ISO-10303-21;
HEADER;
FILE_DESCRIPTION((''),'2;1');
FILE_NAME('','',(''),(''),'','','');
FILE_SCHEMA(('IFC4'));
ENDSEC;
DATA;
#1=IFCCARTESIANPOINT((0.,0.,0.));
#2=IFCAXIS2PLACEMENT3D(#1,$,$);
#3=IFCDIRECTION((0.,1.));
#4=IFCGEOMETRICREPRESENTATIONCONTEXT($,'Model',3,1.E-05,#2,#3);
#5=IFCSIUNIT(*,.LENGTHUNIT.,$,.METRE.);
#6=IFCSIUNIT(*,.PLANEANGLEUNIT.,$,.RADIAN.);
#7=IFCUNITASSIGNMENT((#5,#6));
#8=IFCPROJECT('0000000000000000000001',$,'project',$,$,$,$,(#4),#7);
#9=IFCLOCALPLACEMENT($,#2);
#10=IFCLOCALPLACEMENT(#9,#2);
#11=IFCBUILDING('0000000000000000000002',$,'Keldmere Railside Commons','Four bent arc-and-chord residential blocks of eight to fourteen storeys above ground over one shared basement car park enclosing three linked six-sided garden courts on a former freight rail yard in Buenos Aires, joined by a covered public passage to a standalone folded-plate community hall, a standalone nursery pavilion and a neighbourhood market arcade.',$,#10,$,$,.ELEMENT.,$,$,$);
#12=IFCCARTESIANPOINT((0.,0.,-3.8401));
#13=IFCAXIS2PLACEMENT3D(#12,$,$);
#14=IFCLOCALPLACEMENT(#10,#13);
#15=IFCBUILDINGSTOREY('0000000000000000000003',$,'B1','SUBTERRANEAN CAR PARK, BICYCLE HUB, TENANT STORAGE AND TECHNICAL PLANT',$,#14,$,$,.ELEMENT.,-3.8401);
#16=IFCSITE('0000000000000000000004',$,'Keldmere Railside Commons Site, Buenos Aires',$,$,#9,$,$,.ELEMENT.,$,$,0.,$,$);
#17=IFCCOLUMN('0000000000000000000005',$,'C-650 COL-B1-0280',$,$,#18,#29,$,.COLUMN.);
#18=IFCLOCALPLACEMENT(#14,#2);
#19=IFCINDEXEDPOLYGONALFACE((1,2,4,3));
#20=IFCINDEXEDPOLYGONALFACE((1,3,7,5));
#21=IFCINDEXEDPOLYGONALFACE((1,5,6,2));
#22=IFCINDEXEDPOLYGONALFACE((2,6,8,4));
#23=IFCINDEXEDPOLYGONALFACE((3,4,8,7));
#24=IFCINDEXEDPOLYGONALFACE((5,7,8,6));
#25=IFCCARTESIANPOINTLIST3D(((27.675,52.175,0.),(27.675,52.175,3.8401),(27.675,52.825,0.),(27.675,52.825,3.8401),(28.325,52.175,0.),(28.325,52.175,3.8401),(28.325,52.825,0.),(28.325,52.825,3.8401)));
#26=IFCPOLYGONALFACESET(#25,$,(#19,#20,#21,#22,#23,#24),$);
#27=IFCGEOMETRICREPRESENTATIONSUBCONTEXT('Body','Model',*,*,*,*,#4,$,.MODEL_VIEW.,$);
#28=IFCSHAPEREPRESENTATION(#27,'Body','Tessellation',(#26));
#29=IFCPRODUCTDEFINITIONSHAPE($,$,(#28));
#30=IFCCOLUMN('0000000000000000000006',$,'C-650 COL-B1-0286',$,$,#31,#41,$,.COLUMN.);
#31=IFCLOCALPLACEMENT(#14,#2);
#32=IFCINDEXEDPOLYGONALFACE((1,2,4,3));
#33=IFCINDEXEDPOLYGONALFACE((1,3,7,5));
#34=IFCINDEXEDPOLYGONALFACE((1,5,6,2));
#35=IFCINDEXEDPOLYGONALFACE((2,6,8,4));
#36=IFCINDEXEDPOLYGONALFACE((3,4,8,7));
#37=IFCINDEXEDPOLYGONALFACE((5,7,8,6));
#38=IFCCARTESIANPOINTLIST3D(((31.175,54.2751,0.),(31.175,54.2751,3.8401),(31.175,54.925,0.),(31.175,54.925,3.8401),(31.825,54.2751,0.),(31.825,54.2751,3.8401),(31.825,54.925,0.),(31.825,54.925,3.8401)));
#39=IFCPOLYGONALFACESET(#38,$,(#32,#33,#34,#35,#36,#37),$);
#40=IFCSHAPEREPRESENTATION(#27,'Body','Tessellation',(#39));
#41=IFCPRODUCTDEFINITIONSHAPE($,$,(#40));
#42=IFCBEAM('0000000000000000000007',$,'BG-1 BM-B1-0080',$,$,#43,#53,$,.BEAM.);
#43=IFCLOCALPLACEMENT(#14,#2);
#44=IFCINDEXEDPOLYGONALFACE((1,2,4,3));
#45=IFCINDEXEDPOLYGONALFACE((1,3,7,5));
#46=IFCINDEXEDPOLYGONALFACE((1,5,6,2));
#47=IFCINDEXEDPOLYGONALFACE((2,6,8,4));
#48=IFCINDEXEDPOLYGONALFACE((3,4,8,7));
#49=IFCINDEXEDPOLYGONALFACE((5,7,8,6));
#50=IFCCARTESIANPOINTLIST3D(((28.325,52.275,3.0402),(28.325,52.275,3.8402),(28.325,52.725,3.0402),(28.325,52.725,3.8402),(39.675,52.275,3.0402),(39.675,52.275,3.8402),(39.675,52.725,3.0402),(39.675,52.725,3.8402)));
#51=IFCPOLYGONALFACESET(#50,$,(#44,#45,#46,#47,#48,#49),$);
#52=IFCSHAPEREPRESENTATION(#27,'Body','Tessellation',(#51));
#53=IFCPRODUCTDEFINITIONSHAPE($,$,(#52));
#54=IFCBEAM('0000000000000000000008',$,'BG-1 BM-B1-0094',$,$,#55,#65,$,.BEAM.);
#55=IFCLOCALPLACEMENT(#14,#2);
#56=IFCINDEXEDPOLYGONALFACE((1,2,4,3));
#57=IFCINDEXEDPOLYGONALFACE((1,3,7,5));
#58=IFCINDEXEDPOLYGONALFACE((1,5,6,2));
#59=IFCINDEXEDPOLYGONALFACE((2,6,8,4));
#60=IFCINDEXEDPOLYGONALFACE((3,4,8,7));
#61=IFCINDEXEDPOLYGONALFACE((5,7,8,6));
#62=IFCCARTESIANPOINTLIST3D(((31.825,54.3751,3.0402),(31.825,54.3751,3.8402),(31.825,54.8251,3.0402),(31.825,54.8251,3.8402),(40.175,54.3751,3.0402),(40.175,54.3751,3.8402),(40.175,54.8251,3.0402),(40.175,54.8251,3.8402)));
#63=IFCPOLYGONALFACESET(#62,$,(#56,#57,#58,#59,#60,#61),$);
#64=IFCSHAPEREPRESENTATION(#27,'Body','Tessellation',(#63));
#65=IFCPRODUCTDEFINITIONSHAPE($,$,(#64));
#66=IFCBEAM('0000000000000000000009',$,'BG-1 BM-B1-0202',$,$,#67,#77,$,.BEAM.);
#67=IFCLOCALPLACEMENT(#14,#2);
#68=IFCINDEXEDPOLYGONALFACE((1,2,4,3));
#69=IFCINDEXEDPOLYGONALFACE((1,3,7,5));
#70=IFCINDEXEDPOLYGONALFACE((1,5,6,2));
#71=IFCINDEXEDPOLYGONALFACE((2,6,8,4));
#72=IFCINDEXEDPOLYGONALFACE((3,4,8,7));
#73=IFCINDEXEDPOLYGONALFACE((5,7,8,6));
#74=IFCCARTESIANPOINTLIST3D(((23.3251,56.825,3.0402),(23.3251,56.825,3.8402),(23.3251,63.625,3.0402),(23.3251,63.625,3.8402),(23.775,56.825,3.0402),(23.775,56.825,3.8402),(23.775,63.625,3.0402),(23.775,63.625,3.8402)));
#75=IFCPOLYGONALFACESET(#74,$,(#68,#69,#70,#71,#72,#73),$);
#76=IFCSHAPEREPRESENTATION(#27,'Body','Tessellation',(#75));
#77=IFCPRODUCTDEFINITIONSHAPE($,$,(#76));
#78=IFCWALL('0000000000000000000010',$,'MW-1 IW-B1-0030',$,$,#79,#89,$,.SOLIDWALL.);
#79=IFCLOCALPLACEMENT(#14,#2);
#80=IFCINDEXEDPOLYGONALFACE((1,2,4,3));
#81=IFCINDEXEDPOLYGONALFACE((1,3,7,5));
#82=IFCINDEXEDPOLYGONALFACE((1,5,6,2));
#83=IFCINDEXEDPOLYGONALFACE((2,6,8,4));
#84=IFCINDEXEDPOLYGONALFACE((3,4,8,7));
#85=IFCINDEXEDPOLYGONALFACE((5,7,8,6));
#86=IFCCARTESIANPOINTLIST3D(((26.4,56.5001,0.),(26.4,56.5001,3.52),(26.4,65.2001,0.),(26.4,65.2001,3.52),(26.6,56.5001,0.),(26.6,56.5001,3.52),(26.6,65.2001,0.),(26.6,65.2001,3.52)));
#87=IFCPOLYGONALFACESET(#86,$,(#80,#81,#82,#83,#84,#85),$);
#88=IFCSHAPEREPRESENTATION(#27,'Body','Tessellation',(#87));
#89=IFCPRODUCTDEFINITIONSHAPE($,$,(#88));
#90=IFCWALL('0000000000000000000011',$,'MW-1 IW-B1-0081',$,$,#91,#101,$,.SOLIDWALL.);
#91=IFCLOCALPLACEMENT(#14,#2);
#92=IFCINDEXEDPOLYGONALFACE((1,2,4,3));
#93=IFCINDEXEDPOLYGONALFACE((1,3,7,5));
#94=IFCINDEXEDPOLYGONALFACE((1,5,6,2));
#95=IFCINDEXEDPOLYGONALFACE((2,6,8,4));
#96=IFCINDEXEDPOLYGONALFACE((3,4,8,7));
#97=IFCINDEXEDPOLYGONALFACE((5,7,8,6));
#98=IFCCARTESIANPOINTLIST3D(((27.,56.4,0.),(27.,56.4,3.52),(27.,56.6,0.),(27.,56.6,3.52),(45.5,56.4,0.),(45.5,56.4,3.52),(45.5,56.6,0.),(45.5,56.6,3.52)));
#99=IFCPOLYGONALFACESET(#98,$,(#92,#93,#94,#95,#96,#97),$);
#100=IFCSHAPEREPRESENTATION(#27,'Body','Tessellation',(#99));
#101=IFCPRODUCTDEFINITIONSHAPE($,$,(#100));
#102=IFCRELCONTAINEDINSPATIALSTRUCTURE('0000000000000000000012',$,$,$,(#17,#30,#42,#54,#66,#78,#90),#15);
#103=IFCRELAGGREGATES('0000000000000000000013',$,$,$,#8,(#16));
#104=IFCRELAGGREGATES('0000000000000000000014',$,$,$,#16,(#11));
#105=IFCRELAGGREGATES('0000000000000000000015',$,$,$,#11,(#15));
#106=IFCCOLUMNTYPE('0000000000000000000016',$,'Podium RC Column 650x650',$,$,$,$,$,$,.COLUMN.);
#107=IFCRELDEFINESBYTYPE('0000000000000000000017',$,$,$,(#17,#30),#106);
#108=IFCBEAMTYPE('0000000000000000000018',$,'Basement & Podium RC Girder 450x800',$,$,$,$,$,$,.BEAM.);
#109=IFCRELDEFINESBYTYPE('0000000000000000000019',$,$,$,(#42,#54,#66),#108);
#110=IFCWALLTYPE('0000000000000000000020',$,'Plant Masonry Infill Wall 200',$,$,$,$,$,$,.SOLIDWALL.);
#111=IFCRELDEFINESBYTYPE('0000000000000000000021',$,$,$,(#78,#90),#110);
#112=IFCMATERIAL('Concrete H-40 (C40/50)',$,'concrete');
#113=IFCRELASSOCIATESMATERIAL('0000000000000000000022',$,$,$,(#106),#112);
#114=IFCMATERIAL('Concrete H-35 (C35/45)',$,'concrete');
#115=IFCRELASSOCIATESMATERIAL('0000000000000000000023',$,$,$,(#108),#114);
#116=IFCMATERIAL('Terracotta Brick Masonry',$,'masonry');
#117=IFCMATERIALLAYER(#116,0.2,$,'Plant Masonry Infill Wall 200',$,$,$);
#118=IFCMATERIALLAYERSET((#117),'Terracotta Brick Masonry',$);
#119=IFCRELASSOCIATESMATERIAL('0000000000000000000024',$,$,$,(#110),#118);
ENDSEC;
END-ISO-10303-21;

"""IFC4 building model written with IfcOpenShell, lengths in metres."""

from ifc_helpers import new_model, si_unit, direction, frame, frame_2d, origin, origin_2d, place, context, subcontext, project, spatial, rectangle, extrude, material, layer, layer_set, material_profile, profile_set, type_object, element, save


model = new_model("IFC4")

# Units and contexts
model_context = context("Model", 3, precision=1e-05, world=origin(), true_north=direction((0.0, 1.0)))
body_context = subcontext(model_context, "Body", "Model", "MODEL_VIEW")
ifc_project = project(units=[si_unit("LENGTHUNIT", "METRE"), si_unit("PLANEANGLEUNIT", "RADIAN")], contexts=[model_context])

# Site, building, storey
site_placement = place(None, origin())
site = spatial("IfcSite", under=ifc_project, at=site_placement, Name="Keldmere Railside Commons Site, Buenos Aires", CompositionType="ELEMENT", RefElevation=0.0)
building_placement = place(site_placement, origin())
building = spatial("IfcBuilding", under=site, at=building_placement, Name="Keldmere Railside Commons", Description="Four bent arc-and-chord residential blocks of eight to fourteen storeys above ground over one shared basement car park enclosing three linked six-sided garden courts on a former freight rail yard in Buenos Aires, joined by a covered public passage to a standalone folded-plate community hall, a standalone nursery pavilion and a neighbourhood market arcade.", CompositionType="ELEMENT")
storey_placement = place(building_placement, frame((0.0, 0.0, -3.8401)))
storey = spatial("IfcBuildingStorey", under=building, at=storey_placement, Name="B1", Description="SUBTERRANEAN CAR PARK, BICYCLE HUB, TENANT STORAGE AND TECHNICAL PLANT", CompositionType="ELEMENT", Elevation=-3.8401)

# Shared definitions
ifc_material_1 = material(Name="Concrete H-40 (C40/50)", Category="concrete")

# Columns
ifc_material_profile_1 = material_profile(ifc_material_1, rectangle(XDim=0.6499, YDim=0.6499, at=origin_2d()), Name="RC-650x650")
ifc_profile_set_1 = profile_set([ifc_material_profile_1], Name="Concrete H-40 (C40/50)")
column_type_1 = type_object("IfcColumnType", Name="Podium RC Column 650x650", PredefinedType="COLUMN", material=ifc_profile_set_1)
for number, where, z_axis, x_axis, name in (
    (1, (28.0, 52.5, 0.0), (0.0, 0.0, 1.0), (1.0, 0.0, 0.0), "C-650 COL-B1-0280"),
    (2, (31.5, 54.6001, 0.0), (0.0, 0.0, 1.0), (1.0, 0.0, 0.0), "C-650 COL-B1-0286"),
):
    element("IfcColumn", number, at=place(storey_placement, frame(where, z_axis=z_axis, x_axis=x_axis)), inside=storey, type_object=column_type_1, Name=name, PredefinedType="COLUMN", context=body_context, shape_type="SweptSolid", body=[
        extrude(rectangle(XDim=0.6499, YDim=0.6499, at=origin_2d()), origin(), (0.0, 0.0, 1.0), 3.8401),
    ])

# Beams
ifc_material_2 = material(Name="Concrete H-35 (C35/45)", Category="concrete")
ifc_material_profile_2 = material_profile(ifc_material_2, rectangle(XDim=0.45, YDim=0.8, at=origin_2d()), Name="RC-450x800")
ifc_profile_set_2 = profile_set([ifc_material_profile_2], Name="Concrete H-35 (C35/45)")
beam_type = type_object("IfcBeamType", Name="Basement & Podium RC Girder 450x800", PredefinedType="BEAM", material=ifc_profile_set_2)
beam_1_placement = place(storey_placement, frame((28.325, 52.5, 3.4402), z_axis=(1.0, 0.0, 0.0), x_axis=(0.0, 1.0, 0.0)))
element("IfcBeam", 3, at=beam_1_placement, inside=storey, type_object=beam_type, Name="BG-1 BM-B1-0080", PredefinedType="BEAM", context=body_context, shape_type="SweptSolid", body=[
    extrude(rectangle(XDim=0.45, YDim=0.8, at=origin_2d()), origin(), (0.0, 0.0, 1.0), 11.3501),
])
beam_2_placement = place(storey_placement, frame((31.825, 54.6001, 3.4402), z_axis=(1.0, 0.0, 0.0), x_axis=(0.0, 1.0, 0.0)))
element("IfcBeam", 4, at=beam_2_placement, inside=storey, type_object=beam_type, Name="BG-1 BM-B1-0094", PredefinedType="BEAM", context=body_context, shape_type="SweptSolid", body=[
    extrude(rectangle(XDim=0.45, YDim=0.8, at=origin_2d()), origin(), (0.0, 0.0, 1.0), 8.3501),
])
beam_3_placement = place(storey_placement, frame((23.55, 56.825, 3.4402), z_axis=(0.0, 1.0, 0.0), x_axis=(-1.0, 0.0, 0.0)))
element("IfcBeam", 5, at=beam_3_placement, inside=storey, type_object=beam_type, Name="BG-1 BM-B1-0202", PredefinedType="BEAM", context=body_context, shape_type="SweptSolid", body=[
    extrude(rectangle(XDim=0.45, YDim=0.8, at=origin_2d()), origin(), (0.0, 0.0, 1.0), 6.8),
])

# Walls
ifc_material_3 = material(Name="Terracotta Brick Masonry", Category="masonry")
ifc_layer = layer(ifc_material_3, 0.2, Name="Plant Masonry Infill Wall 200")
ifc_layer_set = layer_set([ifc_layer], Name="Terracotta Brick Masonry")
wall_type = type_object("IfcWallType", Name="Plant Masonry Infill Wall 200", PredefinedType="SOLIDWALL", material=ifc_layer_set)
wall_1_placement = place(storey_placement, frame((26.5, 56.5, 0.0), z_axis=(0.0, 0.0, 1.0), x_axis=(0.0, 1.0, 0.0)))
element("IfcWall", 6, at=wall_1_placement, inside=storey, type_object=wall_type, Name="MW-1 IW-B1-0030", PredefinedType="SOLIDWALL", context=body_context, shape_type="SweptSolid", body=[
    extrude(rectangle(XDim=8.7, YDim=0.2, at=frame_2d((4.3501, 0.0))), origin(), (0.0, 0.0, 1.0), 3.52),
])
wall_2_placement = place(storey_placement, frame((27.0, 56.5, 0.0), z_axis=(0.0, 0.0, 1.0), x_axis=(1.0, 0.0, 0.0)))
element("IfcWall", 7, at=wall_2_placement, inside=storey, type_object=wall_type, Name="MW-1 IW-B1-0081", PredefinedType="SOLIDWALL", context=body_context, shape_type="SweptSolid", body=[
    extrude(rectangle(XDim=18.5, YDim=0.2, at=frame_2d((9.25, 0.0))), origin(), (0.0, 0.0, 1.0), 3.52),
])

save(model, "model.ifc")
